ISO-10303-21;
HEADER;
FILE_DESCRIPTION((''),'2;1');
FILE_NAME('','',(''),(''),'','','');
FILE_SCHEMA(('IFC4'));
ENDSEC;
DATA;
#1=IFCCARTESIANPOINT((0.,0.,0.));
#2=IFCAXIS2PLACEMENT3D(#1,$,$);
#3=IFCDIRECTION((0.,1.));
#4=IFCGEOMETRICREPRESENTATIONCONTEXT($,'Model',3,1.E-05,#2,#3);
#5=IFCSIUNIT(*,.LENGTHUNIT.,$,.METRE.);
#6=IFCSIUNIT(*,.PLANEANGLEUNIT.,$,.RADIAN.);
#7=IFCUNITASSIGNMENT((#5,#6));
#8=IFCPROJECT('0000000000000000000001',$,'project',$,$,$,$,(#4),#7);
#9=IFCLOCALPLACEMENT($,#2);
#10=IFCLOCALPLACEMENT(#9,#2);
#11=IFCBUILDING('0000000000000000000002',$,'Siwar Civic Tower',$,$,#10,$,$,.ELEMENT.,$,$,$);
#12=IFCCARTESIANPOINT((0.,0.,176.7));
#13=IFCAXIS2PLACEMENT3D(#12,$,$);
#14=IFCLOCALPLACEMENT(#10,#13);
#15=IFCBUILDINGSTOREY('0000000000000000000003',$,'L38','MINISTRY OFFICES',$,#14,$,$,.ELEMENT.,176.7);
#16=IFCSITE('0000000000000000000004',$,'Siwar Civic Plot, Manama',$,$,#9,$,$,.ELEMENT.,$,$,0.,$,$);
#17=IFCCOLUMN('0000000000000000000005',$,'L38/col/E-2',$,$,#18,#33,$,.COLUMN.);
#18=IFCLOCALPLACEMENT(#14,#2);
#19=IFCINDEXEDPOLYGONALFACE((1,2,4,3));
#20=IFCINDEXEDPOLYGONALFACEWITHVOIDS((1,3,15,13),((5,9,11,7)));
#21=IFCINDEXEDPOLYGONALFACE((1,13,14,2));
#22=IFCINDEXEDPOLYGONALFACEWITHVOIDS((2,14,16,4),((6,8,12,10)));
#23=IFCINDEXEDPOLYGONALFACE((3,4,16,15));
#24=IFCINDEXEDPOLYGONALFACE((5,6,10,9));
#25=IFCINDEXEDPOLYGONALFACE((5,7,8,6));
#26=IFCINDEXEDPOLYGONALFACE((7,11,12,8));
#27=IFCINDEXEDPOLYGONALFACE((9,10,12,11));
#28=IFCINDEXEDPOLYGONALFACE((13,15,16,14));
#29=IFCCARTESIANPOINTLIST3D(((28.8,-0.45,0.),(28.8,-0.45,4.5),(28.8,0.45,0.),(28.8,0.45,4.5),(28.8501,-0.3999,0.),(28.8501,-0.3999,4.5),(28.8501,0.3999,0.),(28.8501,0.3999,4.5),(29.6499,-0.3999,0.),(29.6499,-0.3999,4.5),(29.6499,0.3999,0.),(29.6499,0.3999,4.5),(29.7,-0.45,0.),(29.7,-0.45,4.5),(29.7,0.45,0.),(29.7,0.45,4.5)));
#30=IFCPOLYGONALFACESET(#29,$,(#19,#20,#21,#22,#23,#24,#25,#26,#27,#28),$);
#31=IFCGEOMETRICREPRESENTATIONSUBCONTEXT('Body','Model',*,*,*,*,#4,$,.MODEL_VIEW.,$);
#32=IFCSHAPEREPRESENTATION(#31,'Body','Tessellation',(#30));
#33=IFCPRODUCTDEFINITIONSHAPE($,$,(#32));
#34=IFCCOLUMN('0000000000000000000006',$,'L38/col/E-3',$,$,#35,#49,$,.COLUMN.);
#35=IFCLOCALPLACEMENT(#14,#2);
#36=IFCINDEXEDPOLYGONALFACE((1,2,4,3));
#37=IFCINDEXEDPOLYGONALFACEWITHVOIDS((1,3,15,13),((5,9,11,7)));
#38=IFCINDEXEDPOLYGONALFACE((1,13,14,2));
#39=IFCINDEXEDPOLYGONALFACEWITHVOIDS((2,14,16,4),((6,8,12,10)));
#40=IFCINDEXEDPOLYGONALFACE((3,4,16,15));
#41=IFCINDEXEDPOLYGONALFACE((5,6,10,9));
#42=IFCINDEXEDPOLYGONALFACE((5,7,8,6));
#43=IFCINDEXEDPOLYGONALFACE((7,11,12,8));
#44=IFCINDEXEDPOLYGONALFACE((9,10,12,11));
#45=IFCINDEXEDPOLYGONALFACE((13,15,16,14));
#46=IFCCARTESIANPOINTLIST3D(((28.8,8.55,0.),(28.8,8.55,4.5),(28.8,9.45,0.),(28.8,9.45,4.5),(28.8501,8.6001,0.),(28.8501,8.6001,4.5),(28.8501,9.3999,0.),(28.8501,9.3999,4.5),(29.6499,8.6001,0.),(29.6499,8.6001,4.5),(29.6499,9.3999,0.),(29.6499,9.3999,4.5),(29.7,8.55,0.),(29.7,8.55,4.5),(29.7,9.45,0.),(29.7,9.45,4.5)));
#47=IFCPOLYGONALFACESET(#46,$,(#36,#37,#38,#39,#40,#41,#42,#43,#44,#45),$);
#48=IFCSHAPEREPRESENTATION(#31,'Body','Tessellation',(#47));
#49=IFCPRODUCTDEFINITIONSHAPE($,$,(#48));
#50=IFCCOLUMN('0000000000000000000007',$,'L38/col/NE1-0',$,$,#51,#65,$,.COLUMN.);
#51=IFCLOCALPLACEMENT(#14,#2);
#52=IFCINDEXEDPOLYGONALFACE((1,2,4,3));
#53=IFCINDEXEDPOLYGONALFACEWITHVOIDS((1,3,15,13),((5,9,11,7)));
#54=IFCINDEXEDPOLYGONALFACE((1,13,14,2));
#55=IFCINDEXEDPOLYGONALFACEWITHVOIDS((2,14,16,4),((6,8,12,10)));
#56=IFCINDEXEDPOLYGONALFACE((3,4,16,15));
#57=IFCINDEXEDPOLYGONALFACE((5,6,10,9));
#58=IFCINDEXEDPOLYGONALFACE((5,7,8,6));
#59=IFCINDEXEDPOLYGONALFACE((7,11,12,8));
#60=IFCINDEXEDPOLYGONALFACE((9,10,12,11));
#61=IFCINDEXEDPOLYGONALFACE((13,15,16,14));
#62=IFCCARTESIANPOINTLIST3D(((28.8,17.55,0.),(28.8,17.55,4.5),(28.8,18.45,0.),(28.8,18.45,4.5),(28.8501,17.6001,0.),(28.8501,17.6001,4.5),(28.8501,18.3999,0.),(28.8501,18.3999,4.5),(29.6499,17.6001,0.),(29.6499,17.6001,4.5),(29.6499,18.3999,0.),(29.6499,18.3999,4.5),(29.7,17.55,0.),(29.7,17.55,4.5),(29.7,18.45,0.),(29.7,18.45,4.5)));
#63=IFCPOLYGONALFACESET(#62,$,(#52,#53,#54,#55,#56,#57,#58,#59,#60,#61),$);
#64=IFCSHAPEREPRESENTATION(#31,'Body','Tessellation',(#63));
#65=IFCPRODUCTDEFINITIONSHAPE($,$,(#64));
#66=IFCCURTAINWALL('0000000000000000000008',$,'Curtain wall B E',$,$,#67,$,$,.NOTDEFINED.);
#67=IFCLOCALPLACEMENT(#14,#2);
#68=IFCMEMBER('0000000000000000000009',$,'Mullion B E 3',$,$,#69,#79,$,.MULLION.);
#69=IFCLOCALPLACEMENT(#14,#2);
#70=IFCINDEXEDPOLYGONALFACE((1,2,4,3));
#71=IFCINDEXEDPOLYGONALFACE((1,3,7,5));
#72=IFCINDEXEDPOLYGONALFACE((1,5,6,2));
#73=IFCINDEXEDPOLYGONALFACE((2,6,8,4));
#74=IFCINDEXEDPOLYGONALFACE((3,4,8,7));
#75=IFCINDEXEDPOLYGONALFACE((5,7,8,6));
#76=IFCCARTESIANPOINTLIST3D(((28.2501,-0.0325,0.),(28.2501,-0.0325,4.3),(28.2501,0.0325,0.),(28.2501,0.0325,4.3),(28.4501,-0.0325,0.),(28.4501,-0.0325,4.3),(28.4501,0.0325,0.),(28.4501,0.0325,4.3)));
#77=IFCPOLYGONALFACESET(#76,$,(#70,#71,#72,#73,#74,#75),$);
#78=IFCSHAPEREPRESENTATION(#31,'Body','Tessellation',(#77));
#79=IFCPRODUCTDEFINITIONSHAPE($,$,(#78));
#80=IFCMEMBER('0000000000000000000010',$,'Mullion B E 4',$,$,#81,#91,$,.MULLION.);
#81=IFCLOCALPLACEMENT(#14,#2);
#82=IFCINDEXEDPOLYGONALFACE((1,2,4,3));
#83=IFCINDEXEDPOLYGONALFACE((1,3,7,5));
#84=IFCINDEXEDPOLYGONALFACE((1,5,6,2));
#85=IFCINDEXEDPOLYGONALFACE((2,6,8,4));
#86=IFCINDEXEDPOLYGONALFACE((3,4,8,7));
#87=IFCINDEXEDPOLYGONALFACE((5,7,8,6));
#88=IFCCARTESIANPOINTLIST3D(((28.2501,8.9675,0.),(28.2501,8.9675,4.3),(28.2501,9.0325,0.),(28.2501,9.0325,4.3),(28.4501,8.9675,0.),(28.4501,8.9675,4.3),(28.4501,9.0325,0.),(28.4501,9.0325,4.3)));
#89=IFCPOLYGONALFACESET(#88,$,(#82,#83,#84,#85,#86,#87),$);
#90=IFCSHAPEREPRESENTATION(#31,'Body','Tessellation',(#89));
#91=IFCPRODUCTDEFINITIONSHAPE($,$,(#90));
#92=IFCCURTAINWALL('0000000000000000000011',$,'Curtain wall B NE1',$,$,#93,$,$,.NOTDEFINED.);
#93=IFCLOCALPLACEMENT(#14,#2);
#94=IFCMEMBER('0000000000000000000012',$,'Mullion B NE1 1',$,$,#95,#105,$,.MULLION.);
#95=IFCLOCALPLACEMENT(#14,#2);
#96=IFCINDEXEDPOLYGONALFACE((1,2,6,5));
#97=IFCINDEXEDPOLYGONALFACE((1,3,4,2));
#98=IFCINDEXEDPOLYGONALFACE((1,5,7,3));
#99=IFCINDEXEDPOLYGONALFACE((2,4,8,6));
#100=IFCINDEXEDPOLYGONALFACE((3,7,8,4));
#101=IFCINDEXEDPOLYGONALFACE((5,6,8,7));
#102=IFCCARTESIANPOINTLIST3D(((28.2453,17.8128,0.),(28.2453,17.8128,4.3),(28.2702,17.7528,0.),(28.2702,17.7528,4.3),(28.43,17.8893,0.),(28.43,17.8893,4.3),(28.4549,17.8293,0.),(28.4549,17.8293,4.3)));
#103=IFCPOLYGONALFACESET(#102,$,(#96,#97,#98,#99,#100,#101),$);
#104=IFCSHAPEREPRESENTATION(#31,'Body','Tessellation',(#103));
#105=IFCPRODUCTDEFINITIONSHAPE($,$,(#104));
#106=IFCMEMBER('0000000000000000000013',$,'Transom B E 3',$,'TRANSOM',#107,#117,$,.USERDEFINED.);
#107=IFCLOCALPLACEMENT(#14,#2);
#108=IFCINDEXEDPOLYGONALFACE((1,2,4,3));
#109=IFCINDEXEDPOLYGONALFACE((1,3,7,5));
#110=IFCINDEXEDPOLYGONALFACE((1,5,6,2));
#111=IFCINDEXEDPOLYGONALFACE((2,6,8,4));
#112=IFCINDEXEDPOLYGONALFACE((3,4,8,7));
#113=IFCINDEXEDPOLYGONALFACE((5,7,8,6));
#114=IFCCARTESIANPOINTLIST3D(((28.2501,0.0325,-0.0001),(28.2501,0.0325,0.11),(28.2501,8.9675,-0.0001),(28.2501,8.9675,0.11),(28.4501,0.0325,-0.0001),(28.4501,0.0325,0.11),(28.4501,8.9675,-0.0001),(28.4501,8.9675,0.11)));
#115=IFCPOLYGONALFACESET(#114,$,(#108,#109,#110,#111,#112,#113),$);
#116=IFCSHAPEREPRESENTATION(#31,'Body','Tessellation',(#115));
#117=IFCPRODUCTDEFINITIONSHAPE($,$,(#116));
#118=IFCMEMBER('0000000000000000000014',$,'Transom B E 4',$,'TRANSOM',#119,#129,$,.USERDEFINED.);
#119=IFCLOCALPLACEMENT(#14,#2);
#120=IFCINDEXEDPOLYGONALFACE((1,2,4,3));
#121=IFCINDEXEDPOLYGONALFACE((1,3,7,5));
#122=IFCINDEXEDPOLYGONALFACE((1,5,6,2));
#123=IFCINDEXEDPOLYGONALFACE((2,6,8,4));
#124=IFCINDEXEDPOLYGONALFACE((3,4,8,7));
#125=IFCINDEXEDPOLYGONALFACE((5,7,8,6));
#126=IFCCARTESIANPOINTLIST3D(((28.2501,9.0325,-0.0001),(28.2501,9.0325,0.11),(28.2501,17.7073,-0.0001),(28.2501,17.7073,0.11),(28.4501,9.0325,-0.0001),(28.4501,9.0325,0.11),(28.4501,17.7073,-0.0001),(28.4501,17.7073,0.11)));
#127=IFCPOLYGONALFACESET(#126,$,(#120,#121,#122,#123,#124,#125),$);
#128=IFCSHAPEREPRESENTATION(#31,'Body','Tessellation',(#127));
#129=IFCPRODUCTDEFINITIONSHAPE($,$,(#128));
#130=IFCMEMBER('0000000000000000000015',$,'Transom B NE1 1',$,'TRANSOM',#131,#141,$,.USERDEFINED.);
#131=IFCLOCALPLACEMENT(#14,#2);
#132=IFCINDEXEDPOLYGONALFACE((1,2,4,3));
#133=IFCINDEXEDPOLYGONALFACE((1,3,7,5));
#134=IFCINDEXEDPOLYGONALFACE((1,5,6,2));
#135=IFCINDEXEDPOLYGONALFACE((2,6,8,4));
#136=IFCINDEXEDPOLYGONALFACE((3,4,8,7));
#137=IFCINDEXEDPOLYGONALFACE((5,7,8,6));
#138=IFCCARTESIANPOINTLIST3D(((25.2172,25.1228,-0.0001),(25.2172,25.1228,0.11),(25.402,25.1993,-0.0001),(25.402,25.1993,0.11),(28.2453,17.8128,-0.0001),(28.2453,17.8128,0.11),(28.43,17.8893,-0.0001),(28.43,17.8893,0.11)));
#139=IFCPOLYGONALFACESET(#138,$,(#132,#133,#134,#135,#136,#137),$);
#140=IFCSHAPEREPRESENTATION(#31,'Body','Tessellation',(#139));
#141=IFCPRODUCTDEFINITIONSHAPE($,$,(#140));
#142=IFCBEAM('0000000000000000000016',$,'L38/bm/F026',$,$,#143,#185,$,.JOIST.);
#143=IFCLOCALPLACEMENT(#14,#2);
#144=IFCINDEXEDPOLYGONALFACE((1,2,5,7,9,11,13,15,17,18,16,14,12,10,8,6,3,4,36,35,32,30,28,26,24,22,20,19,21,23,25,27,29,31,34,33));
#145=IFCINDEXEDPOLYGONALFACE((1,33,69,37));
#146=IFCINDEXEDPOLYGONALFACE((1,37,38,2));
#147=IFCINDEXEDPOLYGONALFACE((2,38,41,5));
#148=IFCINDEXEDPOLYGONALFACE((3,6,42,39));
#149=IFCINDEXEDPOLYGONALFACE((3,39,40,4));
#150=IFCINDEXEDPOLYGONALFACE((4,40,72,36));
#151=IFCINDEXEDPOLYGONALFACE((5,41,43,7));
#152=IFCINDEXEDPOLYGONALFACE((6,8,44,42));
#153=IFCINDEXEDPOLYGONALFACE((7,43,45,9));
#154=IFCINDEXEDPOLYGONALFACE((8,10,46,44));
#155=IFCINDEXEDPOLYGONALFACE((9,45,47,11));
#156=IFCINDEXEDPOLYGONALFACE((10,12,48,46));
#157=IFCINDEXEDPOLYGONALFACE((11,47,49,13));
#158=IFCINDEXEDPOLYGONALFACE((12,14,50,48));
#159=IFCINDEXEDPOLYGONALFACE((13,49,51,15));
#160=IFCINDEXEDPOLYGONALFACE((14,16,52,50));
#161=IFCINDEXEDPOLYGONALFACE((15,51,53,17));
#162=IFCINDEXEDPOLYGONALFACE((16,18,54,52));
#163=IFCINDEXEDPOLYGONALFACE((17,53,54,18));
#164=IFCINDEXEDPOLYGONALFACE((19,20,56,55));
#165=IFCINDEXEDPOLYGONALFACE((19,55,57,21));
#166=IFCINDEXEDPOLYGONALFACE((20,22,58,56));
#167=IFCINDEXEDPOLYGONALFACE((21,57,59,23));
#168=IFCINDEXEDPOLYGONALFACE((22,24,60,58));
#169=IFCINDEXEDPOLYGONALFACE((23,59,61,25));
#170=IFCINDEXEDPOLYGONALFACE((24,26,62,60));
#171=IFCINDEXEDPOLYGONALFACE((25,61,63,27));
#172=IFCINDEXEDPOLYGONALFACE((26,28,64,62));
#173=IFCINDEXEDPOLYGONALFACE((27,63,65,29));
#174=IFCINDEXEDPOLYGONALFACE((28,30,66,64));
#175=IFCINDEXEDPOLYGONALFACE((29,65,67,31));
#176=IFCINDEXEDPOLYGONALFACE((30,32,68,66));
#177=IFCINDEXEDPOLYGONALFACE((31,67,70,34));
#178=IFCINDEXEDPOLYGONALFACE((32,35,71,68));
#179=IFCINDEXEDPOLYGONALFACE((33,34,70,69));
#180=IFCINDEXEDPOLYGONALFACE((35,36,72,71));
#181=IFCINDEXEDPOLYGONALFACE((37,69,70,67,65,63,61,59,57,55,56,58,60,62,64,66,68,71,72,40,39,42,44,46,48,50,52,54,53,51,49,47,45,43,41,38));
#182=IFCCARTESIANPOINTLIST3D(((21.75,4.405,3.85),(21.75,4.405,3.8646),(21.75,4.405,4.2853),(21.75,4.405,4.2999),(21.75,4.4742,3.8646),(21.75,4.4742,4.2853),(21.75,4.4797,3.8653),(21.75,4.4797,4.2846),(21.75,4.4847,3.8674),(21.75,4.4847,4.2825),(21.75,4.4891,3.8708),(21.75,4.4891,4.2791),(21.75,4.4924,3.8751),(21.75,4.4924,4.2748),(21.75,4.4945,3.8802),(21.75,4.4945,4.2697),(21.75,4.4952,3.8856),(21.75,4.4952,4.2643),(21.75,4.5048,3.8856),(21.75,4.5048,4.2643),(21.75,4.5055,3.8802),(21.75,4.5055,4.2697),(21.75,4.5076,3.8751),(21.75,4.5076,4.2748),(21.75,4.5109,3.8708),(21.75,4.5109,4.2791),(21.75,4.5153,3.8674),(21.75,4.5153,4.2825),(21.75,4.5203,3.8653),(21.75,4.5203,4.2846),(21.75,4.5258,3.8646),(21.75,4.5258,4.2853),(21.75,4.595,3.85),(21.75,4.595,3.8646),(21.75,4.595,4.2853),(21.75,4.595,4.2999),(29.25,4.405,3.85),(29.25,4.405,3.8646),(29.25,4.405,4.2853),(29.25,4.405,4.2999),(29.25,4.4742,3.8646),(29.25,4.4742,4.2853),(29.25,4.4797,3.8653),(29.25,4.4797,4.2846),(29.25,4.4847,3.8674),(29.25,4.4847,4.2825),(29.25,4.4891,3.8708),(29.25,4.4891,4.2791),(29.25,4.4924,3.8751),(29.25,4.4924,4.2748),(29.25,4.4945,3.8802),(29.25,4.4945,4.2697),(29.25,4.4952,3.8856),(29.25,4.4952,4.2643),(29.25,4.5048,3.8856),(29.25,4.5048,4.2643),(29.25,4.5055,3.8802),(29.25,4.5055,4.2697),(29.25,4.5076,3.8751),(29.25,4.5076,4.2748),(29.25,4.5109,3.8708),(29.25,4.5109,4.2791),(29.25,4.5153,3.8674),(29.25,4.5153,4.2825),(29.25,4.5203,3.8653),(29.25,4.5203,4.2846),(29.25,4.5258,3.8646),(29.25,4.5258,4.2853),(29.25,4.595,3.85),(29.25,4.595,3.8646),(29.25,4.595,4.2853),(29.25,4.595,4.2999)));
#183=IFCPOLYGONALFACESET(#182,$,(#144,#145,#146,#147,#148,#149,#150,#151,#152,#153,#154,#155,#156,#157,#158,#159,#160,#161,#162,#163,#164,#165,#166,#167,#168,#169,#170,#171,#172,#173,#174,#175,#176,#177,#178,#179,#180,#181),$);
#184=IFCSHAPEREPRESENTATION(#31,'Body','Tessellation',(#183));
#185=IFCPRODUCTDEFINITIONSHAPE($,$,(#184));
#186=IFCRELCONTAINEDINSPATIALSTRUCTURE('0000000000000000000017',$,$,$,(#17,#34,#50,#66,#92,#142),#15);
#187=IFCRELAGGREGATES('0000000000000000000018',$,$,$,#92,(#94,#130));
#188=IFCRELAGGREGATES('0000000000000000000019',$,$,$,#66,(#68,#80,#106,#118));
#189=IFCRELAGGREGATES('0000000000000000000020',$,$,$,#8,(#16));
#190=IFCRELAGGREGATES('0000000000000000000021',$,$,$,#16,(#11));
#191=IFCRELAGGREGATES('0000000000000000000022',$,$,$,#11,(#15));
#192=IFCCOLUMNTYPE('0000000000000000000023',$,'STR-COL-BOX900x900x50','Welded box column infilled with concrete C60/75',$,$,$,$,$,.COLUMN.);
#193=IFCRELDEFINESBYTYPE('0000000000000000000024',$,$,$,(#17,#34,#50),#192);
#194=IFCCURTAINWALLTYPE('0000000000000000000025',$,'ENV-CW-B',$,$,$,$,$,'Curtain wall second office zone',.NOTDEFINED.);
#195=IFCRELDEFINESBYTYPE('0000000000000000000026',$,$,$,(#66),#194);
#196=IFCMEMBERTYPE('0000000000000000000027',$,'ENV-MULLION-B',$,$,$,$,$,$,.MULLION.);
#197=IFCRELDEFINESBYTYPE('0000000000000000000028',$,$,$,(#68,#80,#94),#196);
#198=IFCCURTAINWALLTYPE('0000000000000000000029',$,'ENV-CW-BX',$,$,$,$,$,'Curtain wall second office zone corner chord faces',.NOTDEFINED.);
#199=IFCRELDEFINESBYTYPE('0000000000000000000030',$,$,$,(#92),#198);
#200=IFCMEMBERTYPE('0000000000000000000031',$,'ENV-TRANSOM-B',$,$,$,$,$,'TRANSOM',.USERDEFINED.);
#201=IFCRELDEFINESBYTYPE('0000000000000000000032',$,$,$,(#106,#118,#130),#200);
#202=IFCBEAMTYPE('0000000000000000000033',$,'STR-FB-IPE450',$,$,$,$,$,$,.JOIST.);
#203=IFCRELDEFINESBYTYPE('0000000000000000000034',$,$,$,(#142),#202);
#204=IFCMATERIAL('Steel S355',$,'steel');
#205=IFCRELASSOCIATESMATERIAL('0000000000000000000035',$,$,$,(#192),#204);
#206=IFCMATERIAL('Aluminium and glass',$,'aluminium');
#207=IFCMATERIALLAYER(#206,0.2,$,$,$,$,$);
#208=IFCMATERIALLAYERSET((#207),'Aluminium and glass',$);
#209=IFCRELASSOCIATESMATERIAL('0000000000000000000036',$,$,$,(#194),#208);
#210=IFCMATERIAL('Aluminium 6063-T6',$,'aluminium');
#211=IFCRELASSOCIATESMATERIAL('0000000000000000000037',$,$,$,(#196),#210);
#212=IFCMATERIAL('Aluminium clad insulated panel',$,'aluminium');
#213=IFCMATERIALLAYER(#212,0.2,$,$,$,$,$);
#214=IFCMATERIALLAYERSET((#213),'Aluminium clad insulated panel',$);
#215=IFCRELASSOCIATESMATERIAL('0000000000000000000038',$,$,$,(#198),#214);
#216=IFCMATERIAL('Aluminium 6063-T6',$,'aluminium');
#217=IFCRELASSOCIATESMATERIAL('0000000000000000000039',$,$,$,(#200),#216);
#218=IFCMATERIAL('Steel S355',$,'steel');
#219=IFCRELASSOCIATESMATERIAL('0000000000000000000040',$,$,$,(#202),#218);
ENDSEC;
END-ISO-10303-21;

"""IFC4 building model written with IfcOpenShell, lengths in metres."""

from ifc_helpers import new_model, si_unit, direction, frame, origin, origin_2d, place, context, subcontext, project, spatial, rectangle, hollow_rectangle, i_section, extrude, material, layer, layer_set, material_profile, profile_set, type_object, element, aggregate, save


model = new_model("IFC4")

# Units and contexts
model_context = context("Model", 3, precision=1e-05, world=origin(), true_north=direction((0.0, 1.0)))
body_context = subcontext(model_context, "Body", "Model", "MODEL_VIEW")
ifc_project = project(units=[si_unit("LENGTHUNIT", "METRE"), si_unit("PLANEANGLEUNIT", "RADIAN")], contexts=[model_context])

# Site, building, storey
site_placement = place(None, origin())
site = spatial("IfcSite", under=ifc_project, at=site_placement, Name="Siwar Civic Plot, Manama", CompositionType="ELEMENT", RefElevation=0.0)
building_placement = place(site_placement, origin())
building = spatial("IfcBuilding", under=site, at=building_placement, Name="Siwar Civic Tower", CompositionType="ELEMENT")
storey_placement = place(building_placement, frame((0.0, 0.0, 176.7)))
storey = spatial("IfcBuildingStorey", under=building, at=storey_placement, Name="L38", Description="MINISTRY OFFICES", CompositionType="ELEMENT", Elevation=176.7)

# Columns
ifc_material_1 = material(Name="Steel S355", Category="steel")
ifc_material_profile_1 = material_profile(ifc_material_1, hollow_rectangle(XDim=0.8999, YDim=0.8999, WallThickness=0.05, at=origin_2d()), Name="BOX900x900x50")
ifc_profile_set_1 = profile_set([ifc_material_profile_1], Name="Steel S355")
column_type = type_object("IfcColumnType", Name="STR-COL-BOX900x900x50", Description="Welded box column infilled with concrete C60/75", PredefinedType="COLUMN", material=ifc_profile_set_1)
for number, where, z_axis, x_axis, name in (
    (1, (29.25, 0.0, 0.0), (0.0, 0.0, 1.0), (1.0, 0.0, 0.0), "L38/col/E-2"),
    (2, (29.25, 9.0, 0.0), (0.0, 0.0, 1.0), (1.0, 0.0, 0.0), "L38/col/E-3"),
    (3, (29.25, 18.0, 0.0), (0.0, 0.0, 1.0), (1.0, 0.0, 0.0), "L38/col/NE1-0"),
):
    element("IfcColumn", number, at=place(storey_placement, frame(where, z_axis=z_axis, x_axis=x_axis)), inside=storey, type_object=column_type, Name=name, PredefinedType="COLUMN", context=body_context, shape_type="SweptSolid", body=[
        extrude(hollow_rectangle(XDim=0.8999, YDim=0.8999, WallThickness=0.05, at=origin_2d()), origin(), (0.0, 0.0, 1.0), 4.5),
    ])

# Curtain wall, members
ifc_material_2 = material(Name="Aluminium and glass", Category="aluminium")
ifc_layer_1 = layer(ifc_material_2, 0.2)
ifc_layer_set_1 = layer_set([ifc_layer_1], Name="Aluminium and glass")
curtain_wall_type_1 = type_object("IfcCurtainWallType", Name="ENV-CW-B", ElementType="Curtain wall second office zone", PredefinedType="NOTDEFINED", material=ifc_layer_set_1)
curtain_wall_1_placement = place(storey_placement, origin())
curtain_wall_1 = element("IfcCurtainWall", 4, at=curtain_wall_1_placement, inside=storey, type_object=curtain_wall_type_1, Name="Curtain wall B E", PredefinedType="NOTDEFINED")
ifc_material_3 = material(Name="Aluminium 6063-T6", Category="aluminium")
ifc_material_profile_2 = material_profile(ifc_material_3, rectangle(XDim=0.2, YDim=0.0649, at=origin_2d()), Name="AL 200x65")
ifc_profile_set_2 = profile_set([ifc_material_profile_2], Name="Aluminium 6063-T6")
member_type_1 = type_object("IfcMemberType", Name="ENV-MULLION-B", PredefinedType="MULLION", material=ifc_profile_set_2)
member_1_placement = place(storey_placement, frame((28.3501, 0.0, 0.0), z_axis=(0.0, 0.0, 1.0), x_axis=(-1.0, 0.0, 0.0)))
member_1 = element("IfcMember", 5, at=member_1_placement, type_object=member_type_1, Name="Mullion B E 3", PredefinedType="MULLION", context=body_context, shape_type="SweptSolid", body=[
    extrude(rectangle(XDim=0.2, YDim=0.0649, at=origin_2d()), origin(), (0.0, 0.0, 1.0), 4.3),
])
member_2_placement = place(storey_placement, frame((28.3501, 9.0, 0.0), z_axis=(0.0, 0.0, 1.0), x_axis=(-1.0, 0.0, 0.0)))
member_2 = element("IfcMember", 6, at=member_2_placement, type_object=member_type_1, Name="Mullion B E 4", PredefinedType="MULLION", context=body_context, shape_type="SweptSolid", body=[
    extrude(rectangle(XDim=0.2, YDim=0.0649, at=origin_2d()), origin(), (0.0, 0.0, 1.0), 4.3),
])

# Curtain wall, member
ifc_material_4 = material(Name="Aluminium clad insulated panel", Category="aluminium")
ifc_layer_2 = layer(ifc_material_4, 0.2)
ifc_layer_set_2 = layer_set([ifc_layer_2], Name="Aluminium clad insulated panel")
curtain_wall_type_2 = type_object("IfcCurtainWallType", Name="ENV-CW-BX", ElementType="Curtain wall second office zone corner chord faces", PredefinedType="NOTDEFINED", material=ifc_layer_set_2)
curtain_wall_2_placement = place(storey_placement, origin())
curtain_wall_2 = element("IfcCurtainWall", 7, at=curtain_wall_2_placement, inside=storey, type_object=curtain_wall_type_2, Name="Curtain wall B NE1", PredefinedType="NOTDEFINED")
member_3_placement = place(storey_placement, frame((28.3501, 17.821, 0.0), z_axis=(0.0, 0.0, 1.0), x_axis=(-0.92388, -0.382683, 0.0)))
member_3 = element("IfcMember", 8, at=member_3_placement, type_object=member_type_1, Name="Mullion B NE1 1", PredefinedType="MULLION", context=body_context, shape_type="SweptSolid", body=[
    extrude(rectangle(XDim=0.2, YDim=0.0649, at=origin_2d()), origin(), (0.0, 0.0, 1.0), 4.3),
])

# Members
ifc_material_5 = material(Name="Aluminium 6063-T6", Category="aluminium")
ifc_material_profile_3 = material_profile(ifc_material_5, rectangle(XDim=0.2, YDim=0.1101, at=origin_2d()), Name="AL 200x110")
ifc_profile_set_3 = profile_set([ifc_material_profile_3], Name="Aluminium 6063-T6")
member_type_2 = type_object("IfcMemberType", Name="ENV-TRANSOM-B", ElementType="TRANSOM", PredefinedType="USERDEFINED", material=ifc_profile_set_3)
member_4_placement = place(storey_placement, frame((28.3501, 0.0325, 0.0549), z_axis=(0.0, 1.0, 0.0), x_axis=(-1.0, 0.0, 0.0)))
member_4 = element("IfcMember", 9, at=member_4_placement, type_object=member_type_2, Name="Transom B E 3", ObjectType="TRANSOM", PredefinedType="USERDEFINED", context=body_context, shape_type="SweptSolid", body=[
    extrude(rectangle(XDim=0.2, YDim=0.1101, at=origin_2d()), origin(), (0.0, 0.0, 1.0), 8.9351),
])
member_5_placement = place(storey_placement, frame((28.3501, 9.0325, 0.0549), z_axis=(0.0, 1.0, 0.0), x_axis=(-1.0, 0.0, 0.0)))
member_5 = element("IfcMember", 10, at=member_5_placement, type_object=member_type_2, Name="Transom B E 4", ObjectType="TRANSOM", PredefinedType="USERDEFINED", context=body_context, shape_type="SweptSolid", body=[
    extrude(rectangle(XDim=0.2, YDim=0.1101, at=origin_2d()), origin(), (0.0, 0.0, 1.0), 8.6748),
])
member_6_placement = place(storey_placement, frame((28.3376, 17.8511, 0.0549), z_axis=(-0.3827, 0.923873, 0.0), x_axis=(-0.923873, -0.3827, 0.0)))
member_6 = element("IfcMember", 11, at=member_6_placement, type_object=member_type_2, Name="Transom B NE1 1", ObjectType="TRANSOM", PredefinedType="USERDEFINED", context=body_context, shape_type="SweptSolid", body=[
    extrude(rectangle(XDim=0.2, YDim=0.1101, at=origin_2d()), origin(), (0.0, 0.0, 1.0), 7.9124),
])
aggregate(curtain_wall_2, [member_3, member_6])

# Beam
ifc_material_6 = material(Name="Steel S355", Category="steel")
ifc_material_profile_4 = material_profile(ifc_material_6, i_section(OverallWidth=0.1899, OverallDepth=0.45, WebThickness=0.0095, FlangeThickness=0.0146, FilletRadius=0.021, at=origin_2d()), Name="IPE450")
ifc_profile_set_4 = profile_set([ifc_material_profile_4], Name="Steel S355")
beam_type_1 = type_object("IfcBeamType", Name="STR-FB-IPE450", PredefinedType="JOIST", material=ifc_profile_set_4)
for number, where, z_axis, x_axis, name in (
    (12, (21.75, 4.5, 4.075), (1.0, 0.0, 0.0), (0.0, 1.0, 0.0), "L38/bm/F026"),
):
    element("IfcBeam", number, at=place(storey_placement, frame(where, z_axis=z_axis, x_axis=x_axis)), inside=storey, type_object=beam_type_1, Name=name, PredefinedType="JOIST", context=body_context, shape_type="SweptSolid", body=[
        extrude(i_section(OverallWidth=0.1899, OverallDepth=0.45, WebThickness=0.0095, FlangeThickness=0.0146, FilletRadius=0.021, at=origin_2d()), origin(), (0.0, 0.0, 1.0), 7.5),
    ])

aggregate(curtain_wall_1, [member_1, member_2, member_4, member_5])

save(model, "model.ifc")
